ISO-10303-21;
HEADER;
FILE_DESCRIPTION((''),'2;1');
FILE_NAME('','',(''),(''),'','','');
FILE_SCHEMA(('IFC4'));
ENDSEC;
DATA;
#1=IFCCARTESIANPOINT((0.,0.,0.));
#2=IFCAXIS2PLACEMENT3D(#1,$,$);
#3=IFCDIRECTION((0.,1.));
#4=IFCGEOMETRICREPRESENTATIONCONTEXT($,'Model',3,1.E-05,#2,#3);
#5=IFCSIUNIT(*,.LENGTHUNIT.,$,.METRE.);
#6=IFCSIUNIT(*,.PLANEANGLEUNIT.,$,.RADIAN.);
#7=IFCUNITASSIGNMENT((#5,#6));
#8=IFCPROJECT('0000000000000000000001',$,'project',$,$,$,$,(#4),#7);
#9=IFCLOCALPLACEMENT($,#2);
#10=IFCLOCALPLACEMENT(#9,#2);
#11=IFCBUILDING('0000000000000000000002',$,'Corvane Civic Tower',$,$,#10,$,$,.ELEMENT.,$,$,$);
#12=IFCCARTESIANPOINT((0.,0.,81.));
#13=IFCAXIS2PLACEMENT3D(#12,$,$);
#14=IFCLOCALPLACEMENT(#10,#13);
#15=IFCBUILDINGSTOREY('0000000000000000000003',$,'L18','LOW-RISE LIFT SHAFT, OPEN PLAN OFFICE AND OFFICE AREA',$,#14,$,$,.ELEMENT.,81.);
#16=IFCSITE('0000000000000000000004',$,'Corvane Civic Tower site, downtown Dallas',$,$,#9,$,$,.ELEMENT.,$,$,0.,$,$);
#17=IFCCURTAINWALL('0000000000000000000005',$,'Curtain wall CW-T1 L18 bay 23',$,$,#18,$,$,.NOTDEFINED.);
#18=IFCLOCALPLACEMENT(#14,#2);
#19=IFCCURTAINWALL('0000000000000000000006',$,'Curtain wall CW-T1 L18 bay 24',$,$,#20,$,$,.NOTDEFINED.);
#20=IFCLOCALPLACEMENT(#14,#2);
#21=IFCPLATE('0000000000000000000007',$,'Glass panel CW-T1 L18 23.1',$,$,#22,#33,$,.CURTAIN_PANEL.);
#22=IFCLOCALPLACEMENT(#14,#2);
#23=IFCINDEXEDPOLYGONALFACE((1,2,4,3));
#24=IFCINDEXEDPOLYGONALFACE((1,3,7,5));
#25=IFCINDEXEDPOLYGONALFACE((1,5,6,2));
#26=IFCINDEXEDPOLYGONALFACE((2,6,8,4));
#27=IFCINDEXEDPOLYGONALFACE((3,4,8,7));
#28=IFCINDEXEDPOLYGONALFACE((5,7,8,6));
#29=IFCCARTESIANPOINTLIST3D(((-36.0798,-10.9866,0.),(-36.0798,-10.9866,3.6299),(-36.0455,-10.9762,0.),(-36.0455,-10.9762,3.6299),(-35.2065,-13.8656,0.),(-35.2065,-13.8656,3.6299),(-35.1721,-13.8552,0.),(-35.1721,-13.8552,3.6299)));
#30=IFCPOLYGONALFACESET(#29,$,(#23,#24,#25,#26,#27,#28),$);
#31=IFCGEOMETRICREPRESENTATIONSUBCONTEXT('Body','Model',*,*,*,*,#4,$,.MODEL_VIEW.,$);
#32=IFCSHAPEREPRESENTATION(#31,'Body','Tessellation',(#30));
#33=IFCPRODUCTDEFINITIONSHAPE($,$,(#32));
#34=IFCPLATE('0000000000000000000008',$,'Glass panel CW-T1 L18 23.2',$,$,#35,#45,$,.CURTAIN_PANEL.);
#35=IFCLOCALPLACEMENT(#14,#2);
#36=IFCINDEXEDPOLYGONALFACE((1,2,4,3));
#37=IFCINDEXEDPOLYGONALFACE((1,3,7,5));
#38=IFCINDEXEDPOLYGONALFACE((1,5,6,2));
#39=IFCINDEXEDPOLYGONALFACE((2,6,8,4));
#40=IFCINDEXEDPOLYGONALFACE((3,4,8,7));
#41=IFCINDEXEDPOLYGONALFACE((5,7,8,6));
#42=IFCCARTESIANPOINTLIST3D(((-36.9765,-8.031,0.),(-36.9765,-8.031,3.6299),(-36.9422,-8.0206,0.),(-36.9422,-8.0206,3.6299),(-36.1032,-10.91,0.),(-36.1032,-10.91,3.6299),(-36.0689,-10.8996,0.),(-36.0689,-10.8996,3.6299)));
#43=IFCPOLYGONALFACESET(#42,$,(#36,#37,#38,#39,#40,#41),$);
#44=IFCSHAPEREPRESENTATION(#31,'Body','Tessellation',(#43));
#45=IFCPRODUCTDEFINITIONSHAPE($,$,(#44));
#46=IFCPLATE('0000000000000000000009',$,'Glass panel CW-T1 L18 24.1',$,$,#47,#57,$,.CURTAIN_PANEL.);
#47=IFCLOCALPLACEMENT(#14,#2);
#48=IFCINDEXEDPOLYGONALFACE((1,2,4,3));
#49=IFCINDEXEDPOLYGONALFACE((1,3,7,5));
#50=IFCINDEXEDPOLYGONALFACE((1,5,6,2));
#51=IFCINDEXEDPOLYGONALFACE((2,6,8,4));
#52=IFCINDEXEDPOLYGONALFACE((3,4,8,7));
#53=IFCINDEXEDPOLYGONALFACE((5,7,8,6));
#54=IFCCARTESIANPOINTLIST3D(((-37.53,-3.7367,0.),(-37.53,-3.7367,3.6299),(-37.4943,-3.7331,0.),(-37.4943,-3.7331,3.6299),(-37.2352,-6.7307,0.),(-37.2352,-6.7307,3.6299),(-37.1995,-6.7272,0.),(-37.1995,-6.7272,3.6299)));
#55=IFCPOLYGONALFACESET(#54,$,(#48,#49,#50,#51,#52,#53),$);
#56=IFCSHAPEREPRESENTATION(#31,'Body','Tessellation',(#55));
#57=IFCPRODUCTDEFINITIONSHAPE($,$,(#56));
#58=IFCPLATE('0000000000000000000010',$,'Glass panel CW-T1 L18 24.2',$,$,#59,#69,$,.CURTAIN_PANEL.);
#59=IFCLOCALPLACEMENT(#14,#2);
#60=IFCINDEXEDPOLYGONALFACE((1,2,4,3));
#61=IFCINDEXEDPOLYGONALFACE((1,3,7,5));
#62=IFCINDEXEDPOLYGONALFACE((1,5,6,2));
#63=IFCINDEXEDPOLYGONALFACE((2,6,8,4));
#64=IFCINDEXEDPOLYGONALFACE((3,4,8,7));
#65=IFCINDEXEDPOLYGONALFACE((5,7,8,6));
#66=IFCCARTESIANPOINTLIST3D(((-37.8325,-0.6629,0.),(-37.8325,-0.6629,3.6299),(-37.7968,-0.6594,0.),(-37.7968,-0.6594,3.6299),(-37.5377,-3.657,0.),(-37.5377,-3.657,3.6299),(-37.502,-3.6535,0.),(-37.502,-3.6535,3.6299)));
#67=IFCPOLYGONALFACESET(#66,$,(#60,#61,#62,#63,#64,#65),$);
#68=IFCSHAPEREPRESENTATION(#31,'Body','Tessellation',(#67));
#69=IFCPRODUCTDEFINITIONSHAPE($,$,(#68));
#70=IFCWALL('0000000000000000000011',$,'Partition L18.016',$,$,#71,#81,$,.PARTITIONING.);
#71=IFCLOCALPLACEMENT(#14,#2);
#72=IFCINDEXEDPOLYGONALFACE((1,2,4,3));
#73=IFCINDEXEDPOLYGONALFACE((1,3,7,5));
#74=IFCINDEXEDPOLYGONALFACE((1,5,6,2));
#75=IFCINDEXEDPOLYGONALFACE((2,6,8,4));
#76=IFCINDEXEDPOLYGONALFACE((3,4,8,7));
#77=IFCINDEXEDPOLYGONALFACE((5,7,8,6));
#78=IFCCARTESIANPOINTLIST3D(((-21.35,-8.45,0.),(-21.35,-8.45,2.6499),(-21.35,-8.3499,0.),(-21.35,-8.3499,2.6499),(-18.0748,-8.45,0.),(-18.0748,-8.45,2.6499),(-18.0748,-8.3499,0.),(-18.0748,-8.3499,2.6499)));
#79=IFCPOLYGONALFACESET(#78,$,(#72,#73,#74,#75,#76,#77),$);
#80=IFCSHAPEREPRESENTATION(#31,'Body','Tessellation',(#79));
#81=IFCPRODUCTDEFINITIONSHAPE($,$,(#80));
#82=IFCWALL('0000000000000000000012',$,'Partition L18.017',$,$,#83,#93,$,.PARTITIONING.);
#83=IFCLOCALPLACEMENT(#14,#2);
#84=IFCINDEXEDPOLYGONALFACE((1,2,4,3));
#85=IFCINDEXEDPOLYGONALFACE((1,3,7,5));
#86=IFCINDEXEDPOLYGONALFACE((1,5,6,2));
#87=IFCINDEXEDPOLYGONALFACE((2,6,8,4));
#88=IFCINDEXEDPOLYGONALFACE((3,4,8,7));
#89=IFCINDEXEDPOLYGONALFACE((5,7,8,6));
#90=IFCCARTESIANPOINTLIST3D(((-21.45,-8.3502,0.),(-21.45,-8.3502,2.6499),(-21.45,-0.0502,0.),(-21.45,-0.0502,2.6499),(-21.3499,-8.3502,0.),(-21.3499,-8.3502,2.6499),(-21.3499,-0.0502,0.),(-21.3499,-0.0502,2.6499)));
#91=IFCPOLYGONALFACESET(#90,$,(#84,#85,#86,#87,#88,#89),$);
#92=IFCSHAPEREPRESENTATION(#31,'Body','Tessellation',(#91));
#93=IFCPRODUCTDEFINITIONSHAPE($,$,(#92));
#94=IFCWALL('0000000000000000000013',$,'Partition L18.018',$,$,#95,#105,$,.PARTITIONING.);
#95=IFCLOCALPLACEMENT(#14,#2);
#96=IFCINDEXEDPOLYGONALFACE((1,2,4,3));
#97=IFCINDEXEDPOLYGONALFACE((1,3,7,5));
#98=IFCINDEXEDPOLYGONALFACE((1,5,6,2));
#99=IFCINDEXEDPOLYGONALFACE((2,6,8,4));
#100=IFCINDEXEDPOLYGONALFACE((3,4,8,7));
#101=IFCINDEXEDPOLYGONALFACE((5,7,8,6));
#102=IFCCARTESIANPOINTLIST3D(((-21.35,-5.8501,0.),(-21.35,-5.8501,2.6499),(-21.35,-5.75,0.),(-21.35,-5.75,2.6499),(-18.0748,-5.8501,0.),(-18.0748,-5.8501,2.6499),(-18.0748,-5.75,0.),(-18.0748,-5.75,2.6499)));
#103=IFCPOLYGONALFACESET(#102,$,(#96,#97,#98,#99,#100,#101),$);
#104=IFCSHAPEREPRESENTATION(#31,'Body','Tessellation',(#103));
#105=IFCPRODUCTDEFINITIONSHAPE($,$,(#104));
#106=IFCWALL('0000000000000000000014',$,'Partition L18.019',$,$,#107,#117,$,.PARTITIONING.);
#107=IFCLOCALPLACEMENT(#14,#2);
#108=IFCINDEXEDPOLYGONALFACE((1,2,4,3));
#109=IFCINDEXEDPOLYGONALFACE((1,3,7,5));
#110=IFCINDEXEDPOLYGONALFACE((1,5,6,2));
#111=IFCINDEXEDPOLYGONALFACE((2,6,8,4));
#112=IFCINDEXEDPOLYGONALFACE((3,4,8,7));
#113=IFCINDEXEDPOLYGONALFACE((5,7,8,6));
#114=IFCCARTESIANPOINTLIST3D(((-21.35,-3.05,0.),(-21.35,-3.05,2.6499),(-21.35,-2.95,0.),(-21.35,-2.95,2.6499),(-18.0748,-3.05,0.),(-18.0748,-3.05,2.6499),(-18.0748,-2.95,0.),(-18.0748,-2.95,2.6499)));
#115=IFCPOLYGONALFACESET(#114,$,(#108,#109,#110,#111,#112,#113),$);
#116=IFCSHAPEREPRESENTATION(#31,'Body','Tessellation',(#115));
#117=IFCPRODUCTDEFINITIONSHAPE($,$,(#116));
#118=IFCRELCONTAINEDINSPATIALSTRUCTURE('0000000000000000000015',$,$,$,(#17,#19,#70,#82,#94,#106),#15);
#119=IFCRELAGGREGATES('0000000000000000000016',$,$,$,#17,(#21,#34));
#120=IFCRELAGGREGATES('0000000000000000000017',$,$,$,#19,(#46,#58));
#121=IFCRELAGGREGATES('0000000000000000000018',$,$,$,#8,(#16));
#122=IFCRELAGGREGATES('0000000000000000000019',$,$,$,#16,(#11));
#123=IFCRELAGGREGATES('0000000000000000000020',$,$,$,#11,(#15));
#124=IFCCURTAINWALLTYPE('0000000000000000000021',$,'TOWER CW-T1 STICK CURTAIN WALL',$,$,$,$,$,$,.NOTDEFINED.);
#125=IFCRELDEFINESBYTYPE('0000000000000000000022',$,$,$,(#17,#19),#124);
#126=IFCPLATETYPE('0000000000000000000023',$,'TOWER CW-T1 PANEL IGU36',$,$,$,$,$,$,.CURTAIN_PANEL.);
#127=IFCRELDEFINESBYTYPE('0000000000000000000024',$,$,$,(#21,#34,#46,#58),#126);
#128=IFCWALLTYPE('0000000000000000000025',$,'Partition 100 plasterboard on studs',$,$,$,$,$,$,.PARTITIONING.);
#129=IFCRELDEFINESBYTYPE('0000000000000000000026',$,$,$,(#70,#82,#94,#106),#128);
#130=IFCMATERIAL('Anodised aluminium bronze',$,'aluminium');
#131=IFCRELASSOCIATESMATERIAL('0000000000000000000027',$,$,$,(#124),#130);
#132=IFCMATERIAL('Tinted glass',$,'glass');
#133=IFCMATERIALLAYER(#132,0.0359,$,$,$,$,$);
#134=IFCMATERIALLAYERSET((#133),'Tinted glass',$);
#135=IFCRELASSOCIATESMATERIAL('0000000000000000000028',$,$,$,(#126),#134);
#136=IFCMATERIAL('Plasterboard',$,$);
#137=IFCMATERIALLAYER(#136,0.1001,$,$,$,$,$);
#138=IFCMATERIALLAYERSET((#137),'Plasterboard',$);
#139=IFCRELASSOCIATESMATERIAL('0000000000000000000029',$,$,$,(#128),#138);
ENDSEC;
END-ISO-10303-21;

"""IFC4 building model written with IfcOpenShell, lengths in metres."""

from ifc_helpers import new_model, si_unit, direction, frame, frame_2d, origin, origin_2d, place, context, subcontext, project, spatial, rectangle, extrude, material, layer, layer_set, type_object, element, aggregate, save


model = new_model("IFC4")

# Units and contexts
model_context = context("Model", 3, precision=1e-05, world=origin(), true_north=direction((0.0, 1.0)))
body_context = subcontext(model_context, "Body", "Model", "MODEL_VIEW")
ifc_project = project(units=[si_unit("LENGTHUNIT", "METRE"), si_unit("PLANEANGLEUNIT", "RADIAN")], contexts=[model_context])

# Site, building, storey
site_placement = place(None, origin())
site = spatial("IfcSite", under=ifc_project, at=site_placement, Name="Corvane Civic Tower site, downtown Dallas", CompositionType="ELEMENT", RefElevation=0.0)
building_placement = place(site_placement, origin())
building = spatial("IfcBuilding", under=site, at=building_placement, Name="Corvane Civic Tower", CompositionType="ELEMENT")
storey_placement = place(building_placement, frame((0.0, 0.0, 81.0)))
storey = spatial("IfcBuildingStorey", under=building, at=storey_placement, Name="L18", Description="LOW-RISE LIFT SHAFT, OPEN PLAN OFFICE AND OFFICE AREA", CompositionType="ELEMENT", Elevation=81.0)

# Shared definitions
ifc_material_1 = material(Name="Anodised aluminium bronze", Category="aluminium")
curtain_wall_type = type_object("IfcCurtainWallType", Name="TOWER CW-T1 STICK CURTAIN WALL", PredefinedType="NOTDEFINED", material=ifc_material_1)

# Curtain walls
curtain_wall_1_placement = place(storey_placement, origin())
curtain_wall_1 = element("IfcCurtainWall", 1, at=curtain_wall_1_placement, inside=storey, type_object=curtain_wall_type, Name="Curtain wall CW-T1 L18 bay 23", PredefinedType="NOTDEFINED")
curtain_wall_2_placement = place(storey_placement, origin())
curtain_wall_2 = element("IfcCurtainWall", 2, at=curtain_wall_2_placement, inside=storey, type_object=curtain_wall_type, Name="Curtain wall CW-T1 L18 bay 24", PredefinedType="NOTDEFINED")

# Plates
ifc_material_2 = material(Name="Tinted glass", Category="glass")
ifc_layer_1 = layer(ifc_material_2, 0.0359)
ifc_layer_set_1 = layer_set([ifc_layer_1], Name="Tinted glass")
plate_type = type_object("IfcPlateType", Name="TOWER CW-T1 PANEL IGU36", PredefinedType="CURTAIN_PANEL", material=ifc_layer_set_1)
plate_1_placement = place(storey_placement, frame((-35.626, -12.4209, 0.0), z_axis=(0.0, 0.0, 1.0), x_axis=(-0.290278, 0.956942, 0.0)))
plate_1 = element("IfcPlate", 3, at=plate_1_placement, type_object=plate_type, Name="Glass panel CW-T1 L18 23.1", PredefinedType="CURTAIN_PANEL", context=body_context, shape_type="SweptSolid", body=[
    extrude(rectangle(XDim=3.0085, YDim=0.0359, at=origin_2d()), origin(), (0.0, 0.0, 1.0), 3.6299),
])
plate_2_placement = place(storey_placement, frame((-36.5227, -9.4653, 0.0), z_axis=(0.0, 0.0, 1.0), x_axis=(-0.290278, 0.956942, 0.0)))
plate_2 = element("IfcPlate", 4, at=plate_2_placement, type_object=plate_type, Name="Glass panel CW-T1 L18 23.2", PredefinedType="CURTAIN_PANEL", context=body_context, shape_type="SweptSolid", body=[
    extrude(rectangle(XDim=3.0085, YDim=0.0359, at=origin_2d()), origin(), (0.0, 0.0, 1.0), 3.6299),
])
aggregate(curtain_wall_1, [plate_1, plate_2])
plate_3_placement = place(storey_placement, frame((-37.3647, -5.2319, 0.0), z_axis=(0.0, 0.0, 1.0), x_axis=(-0.098006, 0.995186, 0.0)))
plate_3 = element("IfcPlate", 5, at=plate_3_placement, type_object=plate_type, Name="Glass panel CW-T1 L18 24.1", PredefinedType="CURTAIN_PANEL", context=body_context, shape_type="SweptSolid", body=[
    extrude(rectangle(XDim=3.0085, YDim=0.0359, at=origin_2d()), origin(), (0.0, 0.0, 1.0), 3.6299),
])
plate_4_placement = place(storey_placement, frame((-37.6672, -2.1582, 0.0), z_axis=(0.0, 0.0, 1.0), x_axis=(-0.098006, 0.995186, 0.0)))
plate_4 = element("IfcPlate", 6, at=plate_4_placement, type_object=plate_type, Name="Glass panel CW-T1 L18 24.2", PredefinedType="CURTAIN_PANEL", context=body_context, shape_type="SweptSolid", body=[
    extrude(rectangle(XDim=3.0085, YDim=0.0359, at=origin_2d()), origin(), (0.0, 0.0, 1.0), 3.6299),
])
aggregate(curtain_wall_2, [plate_3, plate_4])

# Walls
ifc_material_3 = material(Name="Plasterboard")
ifc_layer_2 = layer(ifc_material_3, 0.1001)
ifc_layer_set_2 = layer_set([ifc_layer_2], Name="Plasterboard")
wall_type_1 = type_object("IfcWallType", Name="Partition 100 plasterboard on studs", PredefinedType="PARTITIONING", material=ifc_layer_set_2)
wall_1_placement = place(storey_placement, frame((-21.3501, -8.3999, 0.0), z_axis=(0.0, 0.0, 1.0), x_axis=(1.0, 0.0, 0.0)))
element("IfcWall", 7, at=wall_1_placement, inside=storey, type_object=wall_type_1, Name="Partition L18.016", PredefinedType="PARTITIONING", context=body_context, shape_type="SweptSolid", body=[
    extrude(rectangle(XDim=3.2751, YDim=0.1001, at=frame_2d((1.6377, 0.0))), origin(), (0.0, 0.0, 1.0), 2.6499),
])
wall_2_placement = place(storey_placement, frame((-21.3999, -8.3501, 0.0), z_axis=(0.0, 0.0, 1.0), x_axis=(0.0, 1.0, 0.0)))
element("IfcWall", 8, at=wall_2_placement, inside=storey, type_object=wall_type_1, Name="Partition L18.017", PredefinedType="PARTITIONING", context=body_context, shape_type="SweptSolid", body=[
    extrude(rectangle(XDim=8.3, YDim=0.1001, at=frame_2d((4.1499, 0.0))), origin(), (0.0, 0.0, 1.0), 2.6499),
])
for number, where, z_axis, x_axis, name in (
    (9, (-21.3501, -5.8, 0.0), (0.0, 0.0, 1.0), (1.0, 0.0, 0.0), "Partition L18.018"),
    (10, (-21.3501, -3.0, 0.0), (0.0, 0.0, 1.0), (1.0, 0.0, 0.0), "Partition L18.019"),
):
    element("IfcWall", number, at=place(storey_placement, frame(where, z_axis=z_axis, x_axis=x_axis)), inside=storey, type_object=wall_type_1, Name=name, PredefinedType="PARTITIONING", context=body_context, shape_type="SweptSolid", body=[
        extrude(rectangle(XDim=3.2751, YDim=0.1001, at=frame_2d((1.6377, 0.0))), origin(), (0.0, 0.0, 1.0), 2.6499),
    ])

save(model, "model.ifc")
